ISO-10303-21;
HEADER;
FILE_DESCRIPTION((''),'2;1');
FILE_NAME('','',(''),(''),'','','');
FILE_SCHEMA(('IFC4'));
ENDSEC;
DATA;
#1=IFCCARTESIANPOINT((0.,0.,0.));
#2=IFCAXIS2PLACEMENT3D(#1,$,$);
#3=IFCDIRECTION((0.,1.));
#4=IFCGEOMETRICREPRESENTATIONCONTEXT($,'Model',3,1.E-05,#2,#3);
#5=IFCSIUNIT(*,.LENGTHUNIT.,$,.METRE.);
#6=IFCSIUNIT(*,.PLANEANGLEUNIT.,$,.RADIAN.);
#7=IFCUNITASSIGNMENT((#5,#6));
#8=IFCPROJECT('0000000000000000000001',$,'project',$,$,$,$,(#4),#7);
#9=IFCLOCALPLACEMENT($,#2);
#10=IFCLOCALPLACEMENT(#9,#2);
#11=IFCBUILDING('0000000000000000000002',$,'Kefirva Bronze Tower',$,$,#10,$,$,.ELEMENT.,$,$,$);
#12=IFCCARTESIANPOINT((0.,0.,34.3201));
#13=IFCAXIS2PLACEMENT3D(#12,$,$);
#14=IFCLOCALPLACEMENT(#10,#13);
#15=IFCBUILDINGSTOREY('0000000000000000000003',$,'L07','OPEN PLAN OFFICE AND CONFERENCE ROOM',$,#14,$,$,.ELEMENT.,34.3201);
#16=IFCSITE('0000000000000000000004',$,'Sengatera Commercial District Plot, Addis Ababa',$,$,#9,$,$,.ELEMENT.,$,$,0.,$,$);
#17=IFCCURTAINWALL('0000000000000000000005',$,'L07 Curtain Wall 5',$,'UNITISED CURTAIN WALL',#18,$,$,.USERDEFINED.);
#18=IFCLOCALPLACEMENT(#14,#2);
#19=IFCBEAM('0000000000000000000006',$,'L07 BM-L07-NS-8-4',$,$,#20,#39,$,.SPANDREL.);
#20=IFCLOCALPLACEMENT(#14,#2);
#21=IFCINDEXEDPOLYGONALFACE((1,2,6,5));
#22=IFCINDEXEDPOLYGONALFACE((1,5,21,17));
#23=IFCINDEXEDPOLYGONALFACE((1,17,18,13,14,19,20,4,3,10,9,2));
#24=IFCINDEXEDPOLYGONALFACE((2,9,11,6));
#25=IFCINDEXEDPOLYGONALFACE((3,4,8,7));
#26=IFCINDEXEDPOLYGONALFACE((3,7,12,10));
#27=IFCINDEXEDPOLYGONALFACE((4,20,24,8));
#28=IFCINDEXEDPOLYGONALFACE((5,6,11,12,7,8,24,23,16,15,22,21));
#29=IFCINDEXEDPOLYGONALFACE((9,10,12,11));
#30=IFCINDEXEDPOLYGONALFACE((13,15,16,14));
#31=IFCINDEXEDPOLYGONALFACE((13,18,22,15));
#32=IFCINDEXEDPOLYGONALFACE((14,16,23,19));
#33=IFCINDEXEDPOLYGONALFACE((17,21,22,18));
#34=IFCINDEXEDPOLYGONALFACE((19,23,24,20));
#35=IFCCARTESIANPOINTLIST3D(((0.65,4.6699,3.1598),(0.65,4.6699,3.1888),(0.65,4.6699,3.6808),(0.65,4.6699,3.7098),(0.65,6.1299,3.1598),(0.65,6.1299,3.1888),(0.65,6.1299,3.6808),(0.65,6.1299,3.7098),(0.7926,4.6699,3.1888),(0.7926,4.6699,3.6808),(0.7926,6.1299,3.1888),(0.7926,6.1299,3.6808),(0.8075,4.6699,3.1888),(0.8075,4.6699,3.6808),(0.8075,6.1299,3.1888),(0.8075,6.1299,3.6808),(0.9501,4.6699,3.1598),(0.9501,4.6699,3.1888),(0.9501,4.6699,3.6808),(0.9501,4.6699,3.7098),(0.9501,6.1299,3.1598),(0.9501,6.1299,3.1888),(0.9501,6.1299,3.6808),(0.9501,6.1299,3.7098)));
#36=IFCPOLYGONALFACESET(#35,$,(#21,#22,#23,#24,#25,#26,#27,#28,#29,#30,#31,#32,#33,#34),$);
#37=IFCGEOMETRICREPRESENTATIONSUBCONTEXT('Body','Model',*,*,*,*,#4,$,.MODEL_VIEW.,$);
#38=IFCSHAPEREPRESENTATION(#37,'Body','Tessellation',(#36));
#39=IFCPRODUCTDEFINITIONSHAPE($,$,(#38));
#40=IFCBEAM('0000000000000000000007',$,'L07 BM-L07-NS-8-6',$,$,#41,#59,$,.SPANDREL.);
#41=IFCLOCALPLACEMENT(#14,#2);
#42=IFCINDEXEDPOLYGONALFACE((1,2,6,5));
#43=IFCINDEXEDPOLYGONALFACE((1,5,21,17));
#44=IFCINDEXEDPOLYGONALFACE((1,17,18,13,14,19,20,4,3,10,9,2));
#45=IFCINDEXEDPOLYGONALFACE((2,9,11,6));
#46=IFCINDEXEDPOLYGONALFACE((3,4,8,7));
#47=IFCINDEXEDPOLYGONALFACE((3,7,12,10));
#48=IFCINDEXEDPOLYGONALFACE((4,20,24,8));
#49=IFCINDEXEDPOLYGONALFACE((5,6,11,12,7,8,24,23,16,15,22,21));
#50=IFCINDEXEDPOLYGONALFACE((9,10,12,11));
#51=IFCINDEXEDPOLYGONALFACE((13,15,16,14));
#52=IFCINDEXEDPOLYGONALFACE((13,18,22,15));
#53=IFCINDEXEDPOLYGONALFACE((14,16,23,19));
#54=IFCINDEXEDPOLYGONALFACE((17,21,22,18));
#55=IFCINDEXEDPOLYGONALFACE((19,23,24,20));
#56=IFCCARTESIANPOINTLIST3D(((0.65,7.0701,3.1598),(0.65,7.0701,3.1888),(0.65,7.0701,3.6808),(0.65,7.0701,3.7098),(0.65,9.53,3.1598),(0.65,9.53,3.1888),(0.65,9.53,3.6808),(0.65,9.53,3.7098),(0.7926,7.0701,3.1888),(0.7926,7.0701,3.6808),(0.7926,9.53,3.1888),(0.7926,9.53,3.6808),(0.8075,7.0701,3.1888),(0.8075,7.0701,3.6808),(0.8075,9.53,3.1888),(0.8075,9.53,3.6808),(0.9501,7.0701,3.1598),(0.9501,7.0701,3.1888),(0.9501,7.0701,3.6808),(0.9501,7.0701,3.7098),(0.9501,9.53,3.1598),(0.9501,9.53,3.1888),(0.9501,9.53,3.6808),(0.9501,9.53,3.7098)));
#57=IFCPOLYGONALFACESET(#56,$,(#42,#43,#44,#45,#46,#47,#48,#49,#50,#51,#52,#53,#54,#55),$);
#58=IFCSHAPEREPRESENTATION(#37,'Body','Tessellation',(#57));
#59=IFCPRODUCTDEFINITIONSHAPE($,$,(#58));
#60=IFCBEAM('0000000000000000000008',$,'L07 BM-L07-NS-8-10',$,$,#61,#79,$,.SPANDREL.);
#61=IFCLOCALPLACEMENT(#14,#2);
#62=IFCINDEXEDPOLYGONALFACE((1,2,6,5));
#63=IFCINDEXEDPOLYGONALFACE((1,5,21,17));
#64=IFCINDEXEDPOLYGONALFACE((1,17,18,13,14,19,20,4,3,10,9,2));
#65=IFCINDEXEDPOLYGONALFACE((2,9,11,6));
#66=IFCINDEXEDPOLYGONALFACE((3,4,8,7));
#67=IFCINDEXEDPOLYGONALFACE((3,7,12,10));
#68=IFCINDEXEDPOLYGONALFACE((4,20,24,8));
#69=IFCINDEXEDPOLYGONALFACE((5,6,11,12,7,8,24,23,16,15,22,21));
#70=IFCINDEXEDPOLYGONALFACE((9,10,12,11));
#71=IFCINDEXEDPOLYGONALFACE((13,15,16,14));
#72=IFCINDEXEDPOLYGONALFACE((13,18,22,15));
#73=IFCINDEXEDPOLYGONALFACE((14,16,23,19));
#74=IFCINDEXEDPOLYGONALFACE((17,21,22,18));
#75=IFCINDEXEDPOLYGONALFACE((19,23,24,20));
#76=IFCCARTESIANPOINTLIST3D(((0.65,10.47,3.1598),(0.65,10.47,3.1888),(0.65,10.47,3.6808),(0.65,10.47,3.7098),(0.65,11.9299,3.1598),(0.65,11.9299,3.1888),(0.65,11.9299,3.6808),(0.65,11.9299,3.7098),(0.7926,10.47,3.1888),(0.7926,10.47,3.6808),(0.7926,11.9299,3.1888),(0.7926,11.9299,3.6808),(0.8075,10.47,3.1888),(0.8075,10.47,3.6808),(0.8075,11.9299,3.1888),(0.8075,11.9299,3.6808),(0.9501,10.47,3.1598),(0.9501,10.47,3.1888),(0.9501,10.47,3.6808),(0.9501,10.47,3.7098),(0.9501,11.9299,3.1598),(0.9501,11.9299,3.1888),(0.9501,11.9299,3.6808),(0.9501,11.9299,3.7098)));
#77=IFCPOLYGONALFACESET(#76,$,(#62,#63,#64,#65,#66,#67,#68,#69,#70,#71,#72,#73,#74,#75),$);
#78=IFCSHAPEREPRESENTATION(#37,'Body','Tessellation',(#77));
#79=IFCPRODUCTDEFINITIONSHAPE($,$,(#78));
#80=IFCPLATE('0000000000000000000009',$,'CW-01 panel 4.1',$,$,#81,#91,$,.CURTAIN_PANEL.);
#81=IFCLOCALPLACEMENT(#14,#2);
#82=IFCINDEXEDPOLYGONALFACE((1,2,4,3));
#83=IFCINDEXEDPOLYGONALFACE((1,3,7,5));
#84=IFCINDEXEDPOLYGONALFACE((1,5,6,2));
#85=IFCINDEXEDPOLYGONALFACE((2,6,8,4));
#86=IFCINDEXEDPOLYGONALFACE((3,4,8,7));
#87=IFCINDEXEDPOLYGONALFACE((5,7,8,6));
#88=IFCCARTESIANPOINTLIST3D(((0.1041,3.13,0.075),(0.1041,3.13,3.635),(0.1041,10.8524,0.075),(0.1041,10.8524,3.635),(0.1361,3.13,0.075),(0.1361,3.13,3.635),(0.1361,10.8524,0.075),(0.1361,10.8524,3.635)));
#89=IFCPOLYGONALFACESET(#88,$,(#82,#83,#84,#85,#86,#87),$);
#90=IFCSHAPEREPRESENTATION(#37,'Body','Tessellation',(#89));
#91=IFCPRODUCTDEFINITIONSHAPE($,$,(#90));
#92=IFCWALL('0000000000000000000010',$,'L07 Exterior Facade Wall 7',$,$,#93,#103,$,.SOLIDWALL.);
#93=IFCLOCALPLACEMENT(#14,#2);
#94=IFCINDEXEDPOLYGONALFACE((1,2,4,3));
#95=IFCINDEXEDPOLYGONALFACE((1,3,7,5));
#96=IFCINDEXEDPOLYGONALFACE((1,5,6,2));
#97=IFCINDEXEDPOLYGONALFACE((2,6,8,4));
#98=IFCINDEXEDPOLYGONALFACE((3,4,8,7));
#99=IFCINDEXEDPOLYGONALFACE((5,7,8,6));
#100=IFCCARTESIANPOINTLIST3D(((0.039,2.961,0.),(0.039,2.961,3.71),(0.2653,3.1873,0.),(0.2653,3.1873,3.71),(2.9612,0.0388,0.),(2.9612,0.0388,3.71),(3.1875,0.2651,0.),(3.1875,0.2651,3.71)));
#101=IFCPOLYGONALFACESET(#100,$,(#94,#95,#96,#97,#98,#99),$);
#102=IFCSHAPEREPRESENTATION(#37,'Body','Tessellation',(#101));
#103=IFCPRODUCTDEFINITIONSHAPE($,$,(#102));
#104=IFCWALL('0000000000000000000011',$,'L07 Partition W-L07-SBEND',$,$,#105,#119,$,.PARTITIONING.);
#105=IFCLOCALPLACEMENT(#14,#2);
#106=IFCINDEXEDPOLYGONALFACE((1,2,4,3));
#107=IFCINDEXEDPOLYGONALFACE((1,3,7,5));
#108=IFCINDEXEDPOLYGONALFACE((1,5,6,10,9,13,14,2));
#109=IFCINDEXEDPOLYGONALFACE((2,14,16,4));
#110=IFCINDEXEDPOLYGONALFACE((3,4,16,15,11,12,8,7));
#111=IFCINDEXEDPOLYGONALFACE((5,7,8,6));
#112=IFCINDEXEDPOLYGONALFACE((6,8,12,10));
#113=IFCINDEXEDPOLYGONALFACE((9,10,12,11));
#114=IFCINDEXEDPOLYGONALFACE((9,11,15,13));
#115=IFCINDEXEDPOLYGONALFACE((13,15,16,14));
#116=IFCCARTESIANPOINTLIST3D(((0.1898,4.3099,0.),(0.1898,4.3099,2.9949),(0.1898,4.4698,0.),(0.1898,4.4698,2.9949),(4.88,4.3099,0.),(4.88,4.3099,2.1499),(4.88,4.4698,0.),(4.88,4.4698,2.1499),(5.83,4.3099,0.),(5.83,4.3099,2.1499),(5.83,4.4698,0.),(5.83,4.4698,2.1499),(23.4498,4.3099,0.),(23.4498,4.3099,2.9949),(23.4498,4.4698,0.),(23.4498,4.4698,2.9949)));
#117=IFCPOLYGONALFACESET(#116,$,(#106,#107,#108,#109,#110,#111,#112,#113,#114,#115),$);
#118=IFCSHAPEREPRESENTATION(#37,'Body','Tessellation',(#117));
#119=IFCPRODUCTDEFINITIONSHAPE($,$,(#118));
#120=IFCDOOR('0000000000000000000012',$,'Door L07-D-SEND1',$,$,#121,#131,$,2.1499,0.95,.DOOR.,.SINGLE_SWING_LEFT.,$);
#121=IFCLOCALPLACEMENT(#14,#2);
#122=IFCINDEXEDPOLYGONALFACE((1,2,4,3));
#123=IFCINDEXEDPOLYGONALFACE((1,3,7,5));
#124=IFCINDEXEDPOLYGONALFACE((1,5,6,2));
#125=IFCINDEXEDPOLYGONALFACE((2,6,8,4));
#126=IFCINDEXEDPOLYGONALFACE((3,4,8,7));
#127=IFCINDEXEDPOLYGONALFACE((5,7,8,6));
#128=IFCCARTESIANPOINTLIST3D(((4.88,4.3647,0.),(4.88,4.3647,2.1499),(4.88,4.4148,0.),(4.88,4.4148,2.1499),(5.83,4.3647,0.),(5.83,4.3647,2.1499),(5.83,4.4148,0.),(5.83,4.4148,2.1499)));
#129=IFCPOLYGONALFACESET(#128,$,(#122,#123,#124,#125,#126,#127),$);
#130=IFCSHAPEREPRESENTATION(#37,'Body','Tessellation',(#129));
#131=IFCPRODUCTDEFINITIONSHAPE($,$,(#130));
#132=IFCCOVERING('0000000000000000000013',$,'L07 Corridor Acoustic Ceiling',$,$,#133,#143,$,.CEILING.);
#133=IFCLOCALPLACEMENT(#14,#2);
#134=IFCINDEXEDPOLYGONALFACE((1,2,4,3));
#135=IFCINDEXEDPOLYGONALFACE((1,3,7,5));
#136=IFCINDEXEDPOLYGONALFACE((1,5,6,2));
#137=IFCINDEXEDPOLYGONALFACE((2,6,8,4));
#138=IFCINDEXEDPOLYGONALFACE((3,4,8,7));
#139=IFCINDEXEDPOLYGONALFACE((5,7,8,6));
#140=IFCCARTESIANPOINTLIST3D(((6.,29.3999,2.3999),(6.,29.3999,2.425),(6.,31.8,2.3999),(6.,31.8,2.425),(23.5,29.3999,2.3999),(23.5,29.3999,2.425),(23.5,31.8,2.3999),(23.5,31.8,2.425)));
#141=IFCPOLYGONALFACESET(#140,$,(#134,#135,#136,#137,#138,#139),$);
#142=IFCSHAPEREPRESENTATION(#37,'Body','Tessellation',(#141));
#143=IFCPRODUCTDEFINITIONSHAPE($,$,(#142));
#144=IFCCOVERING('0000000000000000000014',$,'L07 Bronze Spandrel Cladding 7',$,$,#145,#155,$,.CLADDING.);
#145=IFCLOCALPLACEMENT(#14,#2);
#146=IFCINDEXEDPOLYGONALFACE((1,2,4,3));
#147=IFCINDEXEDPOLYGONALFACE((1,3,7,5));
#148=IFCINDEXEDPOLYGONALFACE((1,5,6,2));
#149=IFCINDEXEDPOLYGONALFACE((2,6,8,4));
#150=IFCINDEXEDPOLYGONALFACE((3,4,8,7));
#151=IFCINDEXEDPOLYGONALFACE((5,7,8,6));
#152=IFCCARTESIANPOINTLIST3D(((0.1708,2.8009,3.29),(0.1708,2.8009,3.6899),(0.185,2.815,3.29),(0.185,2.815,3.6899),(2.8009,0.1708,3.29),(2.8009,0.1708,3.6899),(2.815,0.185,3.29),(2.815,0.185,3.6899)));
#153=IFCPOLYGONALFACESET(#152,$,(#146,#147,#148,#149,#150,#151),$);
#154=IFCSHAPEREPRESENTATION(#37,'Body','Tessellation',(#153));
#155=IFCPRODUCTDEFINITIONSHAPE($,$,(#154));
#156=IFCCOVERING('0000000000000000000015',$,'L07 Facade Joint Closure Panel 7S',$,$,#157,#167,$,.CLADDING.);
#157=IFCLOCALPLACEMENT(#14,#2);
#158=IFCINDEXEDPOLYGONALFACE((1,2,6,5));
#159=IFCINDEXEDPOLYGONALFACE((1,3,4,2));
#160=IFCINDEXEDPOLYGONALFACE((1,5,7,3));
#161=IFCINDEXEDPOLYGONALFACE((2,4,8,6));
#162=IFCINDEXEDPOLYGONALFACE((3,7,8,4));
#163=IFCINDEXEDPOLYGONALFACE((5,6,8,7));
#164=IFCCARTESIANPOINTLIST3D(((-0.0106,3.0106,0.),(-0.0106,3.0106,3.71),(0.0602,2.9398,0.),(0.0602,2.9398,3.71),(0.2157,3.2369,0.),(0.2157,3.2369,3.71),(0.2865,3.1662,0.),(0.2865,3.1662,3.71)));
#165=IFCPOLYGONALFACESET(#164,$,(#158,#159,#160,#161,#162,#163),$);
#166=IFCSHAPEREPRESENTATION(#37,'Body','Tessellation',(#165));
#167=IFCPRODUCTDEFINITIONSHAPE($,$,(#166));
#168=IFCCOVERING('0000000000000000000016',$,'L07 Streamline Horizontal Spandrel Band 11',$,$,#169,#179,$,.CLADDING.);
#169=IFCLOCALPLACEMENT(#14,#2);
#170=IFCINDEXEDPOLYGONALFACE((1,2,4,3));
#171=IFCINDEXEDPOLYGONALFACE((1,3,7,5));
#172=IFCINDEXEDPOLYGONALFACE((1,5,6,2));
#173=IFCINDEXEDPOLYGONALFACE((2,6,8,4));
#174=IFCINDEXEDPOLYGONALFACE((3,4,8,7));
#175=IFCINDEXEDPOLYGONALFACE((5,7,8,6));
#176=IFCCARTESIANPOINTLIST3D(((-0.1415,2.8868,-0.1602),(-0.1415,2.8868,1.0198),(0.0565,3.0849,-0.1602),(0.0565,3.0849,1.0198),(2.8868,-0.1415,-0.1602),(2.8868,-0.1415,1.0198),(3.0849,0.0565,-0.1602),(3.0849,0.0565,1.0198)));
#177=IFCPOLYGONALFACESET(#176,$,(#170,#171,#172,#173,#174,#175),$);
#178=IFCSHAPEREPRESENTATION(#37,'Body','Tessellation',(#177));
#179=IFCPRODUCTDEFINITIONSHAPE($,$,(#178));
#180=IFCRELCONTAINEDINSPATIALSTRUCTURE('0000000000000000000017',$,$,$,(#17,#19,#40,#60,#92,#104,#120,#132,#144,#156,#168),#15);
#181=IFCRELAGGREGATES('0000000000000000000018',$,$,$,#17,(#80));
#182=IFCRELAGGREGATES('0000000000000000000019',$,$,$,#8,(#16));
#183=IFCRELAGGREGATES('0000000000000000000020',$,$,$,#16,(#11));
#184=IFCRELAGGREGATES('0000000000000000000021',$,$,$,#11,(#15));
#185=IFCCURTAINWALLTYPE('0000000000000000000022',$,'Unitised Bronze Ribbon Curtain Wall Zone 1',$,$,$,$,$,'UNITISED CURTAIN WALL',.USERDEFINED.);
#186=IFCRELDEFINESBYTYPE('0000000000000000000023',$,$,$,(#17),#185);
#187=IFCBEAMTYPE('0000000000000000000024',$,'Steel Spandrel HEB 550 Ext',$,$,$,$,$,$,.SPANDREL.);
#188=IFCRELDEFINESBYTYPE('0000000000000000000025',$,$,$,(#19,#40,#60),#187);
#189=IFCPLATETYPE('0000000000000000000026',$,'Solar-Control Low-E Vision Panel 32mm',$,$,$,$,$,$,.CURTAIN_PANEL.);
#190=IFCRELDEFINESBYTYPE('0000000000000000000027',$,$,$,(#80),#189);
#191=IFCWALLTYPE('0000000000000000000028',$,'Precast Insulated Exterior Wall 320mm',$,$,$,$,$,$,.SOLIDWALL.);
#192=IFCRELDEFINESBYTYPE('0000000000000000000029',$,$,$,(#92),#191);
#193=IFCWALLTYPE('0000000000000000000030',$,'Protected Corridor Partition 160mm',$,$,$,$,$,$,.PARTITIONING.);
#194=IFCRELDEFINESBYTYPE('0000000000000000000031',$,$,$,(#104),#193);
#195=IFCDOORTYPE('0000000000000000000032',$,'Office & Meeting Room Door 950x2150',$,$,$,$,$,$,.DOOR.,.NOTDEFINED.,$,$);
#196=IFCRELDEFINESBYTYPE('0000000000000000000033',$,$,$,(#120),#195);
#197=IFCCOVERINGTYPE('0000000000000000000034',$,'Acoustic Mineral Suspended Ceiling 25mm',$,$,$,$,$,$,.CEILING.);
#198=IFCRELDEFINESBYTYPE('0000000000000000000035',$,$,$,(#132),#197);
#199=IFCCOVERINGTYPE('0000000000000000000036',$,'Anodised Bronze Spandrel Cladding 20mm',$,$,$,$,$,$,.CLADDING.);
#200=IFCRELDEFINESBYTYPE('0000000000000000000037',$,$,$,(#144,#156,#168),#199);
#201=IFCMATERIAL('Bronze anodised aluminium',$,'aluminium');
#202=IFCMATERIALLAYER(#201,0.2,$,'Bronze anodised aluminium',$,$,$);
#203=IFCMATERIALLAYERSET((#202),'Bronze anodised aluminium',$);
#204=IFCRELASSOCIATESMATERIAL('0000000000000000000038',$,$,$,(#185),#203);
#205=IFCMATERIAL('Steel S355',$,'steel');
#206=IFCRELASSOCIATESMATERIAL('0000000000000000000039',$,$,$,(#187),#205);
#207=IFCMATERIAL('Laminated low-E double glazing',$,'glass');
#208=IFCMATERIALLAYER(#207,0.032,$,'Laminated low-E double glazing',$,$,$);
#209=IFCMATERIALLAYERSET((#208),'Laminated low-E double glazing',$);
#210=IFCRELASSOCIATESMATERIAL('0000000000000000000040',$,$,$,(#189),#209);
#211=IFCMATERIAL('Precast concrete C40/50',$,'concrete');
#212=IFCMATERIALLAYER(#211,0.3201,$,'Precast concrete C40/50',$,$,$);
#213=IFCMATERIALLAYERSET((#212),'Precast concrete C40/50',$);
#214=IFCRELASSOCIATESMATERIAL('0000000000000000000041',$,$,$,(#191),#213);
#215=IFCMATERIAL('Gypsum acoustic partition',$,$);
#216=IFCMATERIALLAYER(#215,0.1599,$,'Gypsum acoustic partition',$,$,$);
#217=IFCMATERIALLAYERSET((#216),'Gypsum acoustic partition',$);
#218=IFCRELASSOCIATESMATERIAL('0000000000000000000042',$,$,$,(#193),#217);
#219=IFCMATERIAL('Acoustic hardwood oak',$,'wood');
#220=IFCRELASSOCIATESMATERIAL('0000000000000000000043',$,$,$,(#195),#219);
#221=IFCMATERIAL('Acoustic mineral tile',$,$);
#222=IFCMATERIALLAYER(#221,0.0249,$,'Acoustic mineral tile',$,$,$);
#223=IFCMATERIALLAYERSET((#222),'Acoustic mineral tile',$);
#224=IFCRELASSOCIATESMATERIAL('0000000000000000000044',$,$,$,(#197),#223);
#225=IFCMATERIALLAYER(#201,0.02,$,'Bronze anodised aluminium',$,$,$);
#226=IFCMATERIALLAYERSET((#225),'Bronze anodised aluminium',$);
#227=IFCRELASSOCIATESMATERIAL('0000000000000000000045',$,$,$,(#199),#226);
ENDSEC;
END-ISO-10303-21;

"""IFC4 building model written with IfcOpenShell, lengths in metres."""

from ifc_helpers import new_model, si_unit, direction, frame, frame_2d, origin, origin_2d, place, context, subcontext, project, spatial, polyline, rectangle, i_section, outline, extrude, material, layer, layer_set, material_profile, profile_set, type_object, element, fill, aggregate, save


model = new_model("IFC4")

# Units and contexts
model_context = context("Model", 3, precision=1e-05, world=origin(), true_north=direction((0.0, 1.0)))
body_context = subcontext(model_context, "Body", "Model", "MODEL_VIEW")
ifc_project = project(units=[si_unit("LENGTHUNIT", "METRE"), si_unit("PLANEANGLEUNIT", "RADIAN")], contexts=[model_context])

# Site, building, storey
site_placement = place(None, origin())
site = spatial("IfcSite", under=ifc_project, at=site_placement, Name="Sengatera Commercial District Plot, Addis Ababa", CompositionType="ELEMENT", RefElevation=0.0)
building_placement = place(site_placement, origin())
building = spatial("IfcBuilding", under=site, at=building_placement, Name="Kefirva Bronze Tower", CompositionType="ELEMENT")
storey_placement = place(building_placement, frame((0.0, 0.0, 34.3201)))
storey = spatial("IfcBuildingStorey", under=building, at=storey_placement, Name="L07", Description="OPEN PLAN OFFICE AND CONFERENCE ROOM", CompositionType="ELEMENT", Elevation=34.3201)

# Curtain wall
ifc_material_1 = material(Name="Bronze anodised aluminium", Category="aluminium")
ifc_layer_1 = layer(ifc_material_1, 0.2, Name="Bronze anodised aluminium")
ifc_layer_set_1 = layer_set([ifc_layer_1], Name="Bronze anodised aluminium")
curtain_wall_type = type_object("IfcCurtainWallType", Name="Unitised Bronze Ribbon Curtain Wall Zone 1", ElementType="UNITISED CURTAIN WALL", PredefinedType="USERDEFINED", material=ifc_layer_set_1)
curtain_wall_placement = place(storey_placement, origin())
curtain_wall = element("IfcCurtainWall", 1, at=curtain_wall_placement, inside=storey, type_object=curtain_wall_type, Name="L07 Curtain Wall 5", ObjectType="UNITISED CURTAIN WALL", PredefinedType="USERDEFINED")

# Beams
ifc_material_2 = material(Name="Steel S355", Category="steel")
ifc_material_profile_1 = material_profile(ifc_material_2, i_section(OverallWidth=0.3, OverallDepth=0.55, WebThickness=0.0149, FlangeThickness=0.0291, at=origin_2d()), Name="HEB 550")
ifc_profile_set_1 = profile_set([ifc_material_profile_1], Name="Steel S355")
beam_type_1 = type_object("IfcBeamType", Name="Steel Spandrel HEB 550 Ext", PredefinedType="SPANDREL", material=ifc_profile_set_1)
beam_1_placement = place(storey_placement, frame((0.8, 4.6699, 3.4348), z_axis=(0.0, 1.0, 0.0), x_axis=(-1.0, 0.0, 0.0)))
element("IfcBeam", 2, at=beam_1_placement, inside=storey, type_object=beam_type_1, Name="L07 BM-L07-NS-8-4", PredefinedType="SPANDREL", context=body_context, shape_type="SweptSolid", body=[
    extrude(i_section(OverallWidth=0.3, OverallDepth=0.55, WebThickness=0.0149, FlangeThickness=0.0291, at=origin_2d()), origin(), (0.0, 0.0, 1.0), 1.46),
])
beam_2_placement = place(storey_placement, frame((0.8, 7.0701, 3.4348), z_axis=(0.0, 1.0, 0.0), x_axis=(-1.0, 0.0, 0.0)))
element("IfcBeam", 3, at=beam_2_placement, inside=storey, type_object=beam_type_1, Name="L07 BM-L07-NS-8-6", PredefinedType="SPANDREL", context=body_context, shape_type="SweptSolid", body=[
    extrude(i_section(OverallWidth=0.3, OverallDepth=0.55, WebThickness=0.0149, FlangeThickness=0.0291, at=origin_2d()), origin(), (0.0, 0.0, 1.0), 2.46),
])
beam_3_placement = place(storey_placement, frame((0.8, 10.47, 3.4348), z_axis=(0.0, 1.0, 0.0), x_axis=(-1.0, 0.0, 0.0)))
element("IfcBeam", 4, at=beam_3_placement, inside=storey, type_object=beam_type_1, Name="L07 BM-L07-NS-8-10", PredefinedType="SPANDREL", context=body_context, shape_type="SweptSolid", body=[
    extrude(i_section(OverallWidth=0.3, OverallDepth=0.55, WebThickness=0.0149, FlangeThickness=0.0291, at=origin_2d()), origin(), (0.0, 0.0, 1.0), 1.46),
])

# Plate
ifc_material_3 = material(Name="Laminated low-E double glazing", Category="glass")
ifc_layer_2 = layer(ifc_material_3, 0.032, Name="Laminated low-E double glazing")
ifc_layer_set_2 = layer_set([ifc_layer_2], Name="Laminated low-E double glazing")
plate_type = type_object("IfcPlateType", Name="Solar-Control Low-E Vision Panel 32mm", PredefinedType="CURTAIN_PANEL", material=ifc_layer_set_2)
plate_placement = place(storey_placement, frame((0.1201, 6.9912, 0.075), z_axis=(0.0, 0.0, 1.0), x_axis=(0.0, -1.0, 0.0)))
plate = element("IfcPlate", 5, at=plate_placement, type_object=plate_type, Name="CW-01 panel 4.1", PredefinedType="CURTAIN_PANEL", context=body_context, shape_type="SweptSolid", body=[
    extrude(rectangle(XDim=7.7224, YDim=0.032, at=origin_2d()), origin(), (0.0, 0.0, 1.0), 3.5601),
])
aggregate(curtain_wall, [plate])

# Wall
ifc_material_4 = material(Name="Precast concrete C40/50", Category="concrete")
ifc_layer_3 = layer(ifc_material_4, 0.3201, Name="Precast concrete C40/50")
ifc_layer_set_3 = layer_set([ifc_layer_3], Name="Precast concrete C40/50")
wall_type_1 = type_object("IfcWallType", Name="Precast Insulated Exterior Wall 320mm", PredefinedType="SOLIDWALL", material=ifc_layer_set_3)
wall_1_placement = place(storey_placement, frame((0.1521, 3.0742, 0.0), z_axis=(0.0, 0.0, 1.0), x_axis=(0.707107, -0.707107, 0.0)))
element("IfcWall", 6, at=wall_1_placement, inside=storey, type_object=wall_type_1, Name="L07 Exterior Facade Wall 7", PredefinedType="SOLIDWALL", context=body_context, shape_type="SweptSolid", body=[
    extrude(rectangle(XDim=4.1326, YDim=0.3201, at=frame_2d((2.0664, 0.0))), origin(), (0.0, 0.0, 1.0), 3.71),
])

# Wall, opening, door
ifc_material_5 = material(Name="Gypsum acoustic partition")
ifc_layer_4 = layer(ifc_material_5, 0.1599, Name="Gypsum acoustic partition")
ifc_layer_set_4 = layer_set([ifc_layer_4], Name="Gypsum acoustic partition")
wall_type_2 = type_object("IfcWallType", Name="Protected Corridor Partition 160mm", PredefinedType="PARTITIONING", material=ifc_layer_set_4)
wall_2_placement = place(storey_placement, frame((0.1899, 4.3899, 0.0), z_axis=(0.0, 0.0, 1.0), x_axis=(1.0, 0.0, 0.0)))
wall_2 = element("IfcWall", 7, at=wall_2_placement, inside=storey, type_object=wall_type_2, Name="L07 Partition W-L07-SBEND", PredefinedType="PARTITIONING", context=body_context, shape_type="SweptSolid", body=[
    extrude(rectangle(XDim=23.26, YDim=0.1599, at=frame_2d((11.6299, 0.0))), origin(), (0.0, 0.0, 1.0), 2.9949),
])
opening_placement = place(wall_2_placement, frame((4.6899, 0.0, 0.0)))
opening = element("IfcOpeningElement", 8, at=opening_placement, cuts=wall_2, PredefinedType="OPENING", context=body_context, shape_type="SweptSolid", body=[
    extrude(rectangle(XDim=0.95, YDim=2.1499, at=frame_2d((0.4751, 1.075))), frame((0.0, 0.0898, 0.0), z_axis=(0.0, -1.0, 0.0), x_axis=(1.0, 0.0, 0.0)), (0.0, 0.0, 1.0), 0.1799),
])
ifc_material_6 = material(Name="Acoustic hardwood oak", Category="wood")
door_type = type_object("IfcDoorType", Name="Office & Meeting Room Door 950x2150", OperationType="NOTDEFINED", PredefinedType="DOOR", material=ifc_material_6)
door_placement = place(opening_placement, origin())
door = element("IfcDoor", 9, at=door_placement, inside=storey, type_object=door_type, Name="Door L07-D-SEND1", OperationType="SINGLE_SWING_LEFT", OverallHeight=2.1499, OverallWidth=0.95, PredefinedType="DOOR", context=body_context, shape_type="SweptSolid", body=[
    extrude(rectangle(XDim=0.95, YDim=2.1499, at=frame_2d((0.4751, 1.075))), frame((0.0, 0.0249, 0.0), z_axis=(0.0, -1.0, 0.0), x_axis=(1.0, 0.0, 0.0)), (0.0, 0.0, 1.0), 0.05),
])
fill(opening, door)

# Coverings
ifc_material_7 = material(Name="Acoustic mineral tile")
ifc_layer_5 = layer(ifc_material_7, 0.0249, Name="Acoustic mineral tile")
ifc_layer_set_5 = layer_set([ifc_layer_5], Name="Acoustic mineral tile")
covering_type_1 = type_object("IfcCoveringType", Name="Acoustic Mineral Suspended Ceiling 25mm", PredefinedType="CEILING", material=ifc_layer_set_5)
covering_1_placement = place(storey_placement, frame((0.0, 0.0, 2.3999)))
element("IfcCovering", 10, at=covering_1_placement, inside=storey, type_object=covering_type_1, Name="L07 Corridor Acoustic Ceiling", PredefinedType="CEILING", context=body_context, shape_type="SweptSolid", body=[
    extrude(outline(polyline([(6.0, 29.3999), (23.5, 29.3999), (23.5, 31.8), (6.0, 31.8), (6.0, 29.3999)])), origin(), (0.0, 0.0, 1.0), 0.0251),
])
ifc_layer_6 = layer(ifc_material_1, 0.02, Name="Bronze anodised aluminium")
ifc_layer_set_6 = layer_set([ifc_layer_6], Name="Bronze anodised aluminium")
covering_type_2 = type_object("IfcCoveringType", Name="Anodised Bronze Spandrel Cladding 20mm", PredefinedType="CLADDING", material=ifc_layer_set_6)
covering_2_placement = place(storey_placement, frame((1.4929, 1.4929, 3.29), z_axis=(0.0, 0.0, 1.0), x_axis=(0.707107, -0.707107, 0.0)))
element("IfcCovering", 11, at=covering_2_placement, inside=storey, type_object=covering_type_2, Name="L07 Bronze Spandrel Cladding 7", PredefinedType="CLADDING", context=body_context, shape_type="SweptSolid", body=[
    extrude(rectangle(XDim=3.7195, YDim=0.02, at=origin_2d()), origin(), (0.0, 0.0, 1.0), 0.3999),
])
covering_3_placement = place(storey_placement, frame((0.1379, 3.0884, 0.0), z_axis=(0.0, 0.0, 1.0), x_axis=(0.707107, -0.707107, 0.0)))
element("IfcCovering", 12, at=covering_3_placement, inside=storey, type_object=covering_type_2, Name="L07 Facade Joint Closure Panel 7S", PredefinedType="CLADDING", context=body_context, shape_type="SweptSolid", body=[
    extrude(rectangle(XDim=0.1001, YDim=0.3201, at=origin_2d()), origin(), (0.0, 0.0, 1.0), 3.71),
])
covering_4_placement = place(storey_placement, frame((1.4717, 1.4717, -0.1602), z_axis=(0.0, 0.0, 1.0), x_axis=(0.707107, -0.707107, 0.0)))
element("IfcCovering", 13, at=covering_4_placement, inside=storey, type_object=covering_type_2, Name="L07 Streamline Horizontal Spandrel Band 11", PredefinedType="CLADDING", context=body_context, shape_type="SweptSolid", body=[
    extrude(rectangle(XDim=4.2827, YDim=0.28, at=origin_2d()), origin(), (0.0, 0.0, 1.0), 1.1799),
])

save(model, "model.ifc")
